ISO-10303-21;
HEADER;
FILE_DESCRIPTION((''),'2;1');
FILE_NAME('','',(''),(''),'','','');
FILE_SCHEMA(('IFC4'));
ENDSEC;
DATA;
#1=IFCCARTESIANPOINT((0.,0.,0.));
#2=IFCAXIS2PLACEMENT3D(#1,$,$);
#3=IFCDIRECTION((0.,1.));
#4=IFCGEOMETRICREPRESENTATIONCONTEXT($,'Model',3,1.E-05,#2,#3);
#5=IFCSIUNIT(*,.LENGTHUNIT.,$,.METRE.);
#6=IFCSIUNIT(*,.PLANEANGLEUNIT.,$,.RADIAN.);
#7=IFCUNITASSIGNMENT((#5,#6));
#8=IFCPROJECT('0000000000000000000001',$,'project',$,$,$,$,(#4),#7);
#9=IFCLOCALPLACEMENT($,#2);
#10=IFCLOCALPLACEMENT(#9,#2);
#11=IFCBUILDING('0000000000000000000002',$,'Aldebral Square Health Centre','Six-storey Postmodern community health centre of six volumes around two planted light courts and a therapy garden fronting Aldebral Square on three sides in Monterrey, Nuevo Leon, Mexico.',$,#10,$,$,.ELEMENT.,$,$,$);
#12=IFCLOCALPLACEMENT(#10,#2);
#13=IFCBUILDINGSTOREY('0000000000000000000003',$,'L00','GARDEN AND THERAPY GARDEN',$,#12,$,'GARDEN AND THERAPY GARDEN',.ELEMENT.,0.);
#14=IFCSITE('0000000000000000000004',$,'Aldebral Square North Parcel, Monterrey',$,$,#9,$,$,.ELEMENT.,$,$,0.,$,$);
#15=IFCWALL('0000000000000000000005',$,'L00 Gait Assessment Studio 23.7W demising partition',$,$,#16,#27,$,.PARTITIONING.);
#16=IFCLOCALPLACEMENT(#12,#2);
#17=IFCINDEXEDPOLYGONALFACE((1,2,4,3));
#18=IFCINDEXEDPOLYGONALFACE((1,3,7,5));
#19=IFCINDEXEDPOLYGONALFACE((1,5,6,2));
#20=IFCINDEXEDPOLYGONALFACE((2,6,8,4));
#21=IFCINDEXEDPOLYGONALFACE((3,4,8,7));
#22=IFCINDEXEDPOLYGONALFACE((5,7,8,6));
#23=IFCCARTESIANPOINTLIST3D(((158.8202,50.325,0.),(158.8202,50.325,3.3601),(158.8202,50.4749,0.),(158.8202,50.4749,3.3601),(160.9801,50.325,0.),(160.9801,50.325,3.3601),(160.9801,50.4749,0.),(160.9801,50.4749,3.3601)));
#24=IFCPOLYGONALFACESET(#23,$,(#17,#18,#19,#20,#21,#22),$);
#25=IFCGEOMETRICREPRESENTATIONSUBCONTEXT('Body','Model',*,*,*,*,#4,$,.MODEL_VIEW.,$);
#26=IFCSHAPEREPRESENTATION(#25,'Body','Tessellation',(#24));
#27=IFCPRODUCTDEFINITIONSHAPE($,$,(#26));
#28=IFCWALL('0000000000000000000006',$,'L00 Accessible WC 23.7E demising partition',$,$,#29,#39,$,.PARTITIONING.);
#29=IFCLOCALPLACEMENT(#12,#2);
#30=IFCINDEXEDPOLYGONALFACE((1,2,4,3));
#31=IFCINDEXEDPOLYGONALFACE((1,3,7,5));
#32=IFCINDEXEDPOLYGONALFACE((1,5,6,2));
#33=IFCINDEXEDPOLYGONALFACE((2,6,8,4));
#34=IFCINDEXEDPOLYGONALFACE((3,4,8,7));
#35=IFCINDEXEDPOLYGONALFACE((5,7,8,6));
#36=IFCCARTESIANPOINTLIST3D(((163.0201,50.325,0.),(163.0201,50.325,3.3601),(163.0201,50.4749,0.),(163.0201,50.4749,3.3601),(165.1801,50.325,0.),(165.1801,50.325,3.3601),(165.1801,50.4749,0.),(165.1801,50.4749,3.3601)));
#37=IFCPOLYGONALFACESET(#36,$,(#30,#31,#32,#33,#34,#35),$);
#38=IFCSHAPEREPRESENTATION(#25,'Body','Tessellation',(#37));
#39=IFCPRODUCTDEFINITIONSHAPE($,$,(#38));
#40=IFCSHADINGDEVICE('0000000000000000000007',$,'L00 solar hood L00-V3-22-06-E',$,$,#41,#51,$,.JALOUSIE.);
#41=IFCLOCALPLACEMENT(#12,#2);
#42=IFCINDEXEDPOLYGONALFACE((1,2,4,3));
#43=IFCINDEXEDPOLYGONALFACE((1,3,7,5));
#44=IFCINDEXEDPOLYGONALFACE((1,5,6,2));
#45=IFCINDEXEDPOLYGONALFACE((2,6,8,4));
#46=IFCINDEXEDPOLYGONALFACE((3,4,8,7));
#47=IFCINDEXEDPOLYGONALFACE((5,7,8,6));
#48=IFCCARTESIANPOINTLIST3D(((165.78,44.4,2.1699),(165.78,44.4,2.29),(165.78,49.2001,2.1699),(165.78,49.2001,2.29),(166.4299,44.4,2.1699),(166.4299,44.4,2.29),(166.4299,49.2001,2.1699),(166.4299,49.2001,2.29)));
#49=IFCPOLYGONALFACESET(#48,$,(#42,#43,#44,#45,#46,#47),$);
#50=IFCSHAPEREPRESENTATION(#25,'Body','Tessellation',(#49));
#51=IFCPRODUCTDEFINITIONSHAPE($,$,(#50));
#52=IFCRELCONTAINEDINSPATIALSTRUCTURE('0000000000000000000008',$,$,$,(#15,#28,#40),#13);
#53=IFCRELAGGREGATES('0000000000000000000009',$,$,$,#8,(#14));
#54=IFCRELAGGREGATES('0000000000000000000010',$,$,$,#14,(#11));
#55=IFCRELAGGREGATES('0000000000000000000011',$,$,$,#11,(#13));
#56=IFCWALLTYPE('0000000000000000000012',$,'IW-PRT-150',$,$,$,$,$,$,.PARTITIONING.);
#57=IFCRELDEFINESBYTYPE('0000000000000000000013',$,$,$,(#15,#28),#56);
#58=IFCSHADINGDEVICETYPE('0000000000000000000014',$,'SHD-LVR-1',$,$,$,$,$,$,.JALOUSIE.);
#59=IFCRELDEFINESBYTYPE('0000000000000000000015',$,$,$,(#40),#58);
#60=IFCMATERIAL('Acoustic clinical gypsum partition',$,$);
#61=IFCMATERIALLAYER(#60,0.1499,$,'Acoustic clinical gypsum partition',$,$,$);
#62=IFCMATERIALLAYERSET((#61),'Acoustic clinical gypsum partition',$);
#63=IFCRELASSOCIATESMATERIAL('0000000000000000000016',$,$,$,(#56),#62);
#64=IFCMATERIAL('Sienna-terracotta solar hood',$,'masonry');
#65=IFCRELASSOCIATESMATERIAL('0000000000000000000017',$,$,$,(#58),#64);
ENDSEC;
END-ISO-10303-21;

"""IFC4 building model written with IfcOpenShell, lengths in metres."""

from ifc_helpers import new_model, si_unit, direction, frame, frame_2d, origin, origin_2d, place, context, subcontext, project, spatial, rectangle, extrude, material, layer, layer_set, type_object, element, save


model = new_model("IFC4")

# Units and contexts
model_context = context("Model", 3, precision=1e-05, world=origin(), true_north=direction((0.0, 1.0)))
body_context = subcontext(model_context, "Body", "Model", "MODEL_VIEW")
ifc_project = project(units=[si_unit("LENGTHUNIT", "METRE"), si_unit("PLANEANGLEUNIT", "RADIAN")], contexts=[model_context])

# Site, building, storey
site_placement = place(None, origin())
site = spatial("IfcSite", under=ifc_project, at=site_placement, Name="Aldebral Square North Parcel, Monterrey", CompositionType="ELEMENT", RefElevation=0.0)
building_placement = place(site_placement, origin())
building = spatial("IfcBuilding", under=site, at=building_placement, Name="Aldebral Square Health Centre", Description="Six-storey Postmodern community health centre of six volumes around two planted light courts and a therapy garden fronting Aldebral Square on three sides in Monterrey, Nuevo Leon, Mexico.", CompositionType="ELEMENT")
storey_placement = place(building_placement, origin())
storey = spatial("IfcBuildingStorey", under=building, at=storey_placement, Name="L00", Description="GARDEN AND THERAPY GARDEN", LongName="GARDEN AND THERAPY GARDEN", CompositionType="ELEMENT", Elevation=0.0)

# Walls
ifc_material_1 = material(Name="Acoustic clinical gypsum partition")
ifc_layer_1 = layer(ifc_material_1, 0.1499, Name="Acoustic clinical gypsum partition")
ifc_layer_set_1 = layer_set([ifc_layer_1], Name="Acoustic clinical gypsum partition")
wall_type_1 = type_object("IfcWallType", Name="IW-PRT-150", PredefinedType="PARTITIONING", material=ifc_layer_set_1)
for number, where, z_axis, x_axis, name in (
    (1, (158.8201, 50.3999, 0.0), (0.0, 0.0, 1.0), (1.0, 0.0, 0.0), "L00 Gait Assessment Studio 23.7W demising partition"),
    (2, (163.02, 50.3999, 0.0), (0.0, 0.0, 1.0), (1.0, 0.0, 0.0), "L00 Accessible WC 23.7E demising partition"),
):
    element("IfcWall", number, at=place(storey_placement, frame(where, z_axis=z_axis, x_axis=x_axis)), inside=storey, type_object=wall_type_1, Name=name, PredefinedType="PARTITIONING", context=body_context, shape_type="SweptSolid", body=[
        extrude(rectangle(XDim=2.1599, YDim=0.1499, at=frame_2d((1.0801, 0.0))), origin(), (0.0, 0.0, 1.0), 3.3601),
    ])

# Shading device
ifc_material_2 = material(Name="Sienna-terracotta solar hood", Category="masonry")
shading_device_type = type_object("IfcShadingDeviceType", Name="SHD-LVR-1", PredefinedType="JALOUSIE", material=ifc_material_2)
shading_device_placement = place(storey_placement, frame((166.105, 46.8, 2.1699), z_axis=(0.0, 0.0, 1.0), x_axis=(0.0, 1.0, 0.0)))
element("IfcShadingDevice", 3, at=shading_device_placement, inside=storey, type_object=shading_device_type, Name="L00 solar hood L00-V3-22-06-E", PredefinedType="JALOUSIE", context=body_context, shape_type="SweptSolid", body=[
    extrude(rectangle(XDim=4.8, YDim=0.6499, at=origin_2d()), origin(), (0.0, 0.0, 1.0), 0.1201),
])

save(model, "model.ifc")
